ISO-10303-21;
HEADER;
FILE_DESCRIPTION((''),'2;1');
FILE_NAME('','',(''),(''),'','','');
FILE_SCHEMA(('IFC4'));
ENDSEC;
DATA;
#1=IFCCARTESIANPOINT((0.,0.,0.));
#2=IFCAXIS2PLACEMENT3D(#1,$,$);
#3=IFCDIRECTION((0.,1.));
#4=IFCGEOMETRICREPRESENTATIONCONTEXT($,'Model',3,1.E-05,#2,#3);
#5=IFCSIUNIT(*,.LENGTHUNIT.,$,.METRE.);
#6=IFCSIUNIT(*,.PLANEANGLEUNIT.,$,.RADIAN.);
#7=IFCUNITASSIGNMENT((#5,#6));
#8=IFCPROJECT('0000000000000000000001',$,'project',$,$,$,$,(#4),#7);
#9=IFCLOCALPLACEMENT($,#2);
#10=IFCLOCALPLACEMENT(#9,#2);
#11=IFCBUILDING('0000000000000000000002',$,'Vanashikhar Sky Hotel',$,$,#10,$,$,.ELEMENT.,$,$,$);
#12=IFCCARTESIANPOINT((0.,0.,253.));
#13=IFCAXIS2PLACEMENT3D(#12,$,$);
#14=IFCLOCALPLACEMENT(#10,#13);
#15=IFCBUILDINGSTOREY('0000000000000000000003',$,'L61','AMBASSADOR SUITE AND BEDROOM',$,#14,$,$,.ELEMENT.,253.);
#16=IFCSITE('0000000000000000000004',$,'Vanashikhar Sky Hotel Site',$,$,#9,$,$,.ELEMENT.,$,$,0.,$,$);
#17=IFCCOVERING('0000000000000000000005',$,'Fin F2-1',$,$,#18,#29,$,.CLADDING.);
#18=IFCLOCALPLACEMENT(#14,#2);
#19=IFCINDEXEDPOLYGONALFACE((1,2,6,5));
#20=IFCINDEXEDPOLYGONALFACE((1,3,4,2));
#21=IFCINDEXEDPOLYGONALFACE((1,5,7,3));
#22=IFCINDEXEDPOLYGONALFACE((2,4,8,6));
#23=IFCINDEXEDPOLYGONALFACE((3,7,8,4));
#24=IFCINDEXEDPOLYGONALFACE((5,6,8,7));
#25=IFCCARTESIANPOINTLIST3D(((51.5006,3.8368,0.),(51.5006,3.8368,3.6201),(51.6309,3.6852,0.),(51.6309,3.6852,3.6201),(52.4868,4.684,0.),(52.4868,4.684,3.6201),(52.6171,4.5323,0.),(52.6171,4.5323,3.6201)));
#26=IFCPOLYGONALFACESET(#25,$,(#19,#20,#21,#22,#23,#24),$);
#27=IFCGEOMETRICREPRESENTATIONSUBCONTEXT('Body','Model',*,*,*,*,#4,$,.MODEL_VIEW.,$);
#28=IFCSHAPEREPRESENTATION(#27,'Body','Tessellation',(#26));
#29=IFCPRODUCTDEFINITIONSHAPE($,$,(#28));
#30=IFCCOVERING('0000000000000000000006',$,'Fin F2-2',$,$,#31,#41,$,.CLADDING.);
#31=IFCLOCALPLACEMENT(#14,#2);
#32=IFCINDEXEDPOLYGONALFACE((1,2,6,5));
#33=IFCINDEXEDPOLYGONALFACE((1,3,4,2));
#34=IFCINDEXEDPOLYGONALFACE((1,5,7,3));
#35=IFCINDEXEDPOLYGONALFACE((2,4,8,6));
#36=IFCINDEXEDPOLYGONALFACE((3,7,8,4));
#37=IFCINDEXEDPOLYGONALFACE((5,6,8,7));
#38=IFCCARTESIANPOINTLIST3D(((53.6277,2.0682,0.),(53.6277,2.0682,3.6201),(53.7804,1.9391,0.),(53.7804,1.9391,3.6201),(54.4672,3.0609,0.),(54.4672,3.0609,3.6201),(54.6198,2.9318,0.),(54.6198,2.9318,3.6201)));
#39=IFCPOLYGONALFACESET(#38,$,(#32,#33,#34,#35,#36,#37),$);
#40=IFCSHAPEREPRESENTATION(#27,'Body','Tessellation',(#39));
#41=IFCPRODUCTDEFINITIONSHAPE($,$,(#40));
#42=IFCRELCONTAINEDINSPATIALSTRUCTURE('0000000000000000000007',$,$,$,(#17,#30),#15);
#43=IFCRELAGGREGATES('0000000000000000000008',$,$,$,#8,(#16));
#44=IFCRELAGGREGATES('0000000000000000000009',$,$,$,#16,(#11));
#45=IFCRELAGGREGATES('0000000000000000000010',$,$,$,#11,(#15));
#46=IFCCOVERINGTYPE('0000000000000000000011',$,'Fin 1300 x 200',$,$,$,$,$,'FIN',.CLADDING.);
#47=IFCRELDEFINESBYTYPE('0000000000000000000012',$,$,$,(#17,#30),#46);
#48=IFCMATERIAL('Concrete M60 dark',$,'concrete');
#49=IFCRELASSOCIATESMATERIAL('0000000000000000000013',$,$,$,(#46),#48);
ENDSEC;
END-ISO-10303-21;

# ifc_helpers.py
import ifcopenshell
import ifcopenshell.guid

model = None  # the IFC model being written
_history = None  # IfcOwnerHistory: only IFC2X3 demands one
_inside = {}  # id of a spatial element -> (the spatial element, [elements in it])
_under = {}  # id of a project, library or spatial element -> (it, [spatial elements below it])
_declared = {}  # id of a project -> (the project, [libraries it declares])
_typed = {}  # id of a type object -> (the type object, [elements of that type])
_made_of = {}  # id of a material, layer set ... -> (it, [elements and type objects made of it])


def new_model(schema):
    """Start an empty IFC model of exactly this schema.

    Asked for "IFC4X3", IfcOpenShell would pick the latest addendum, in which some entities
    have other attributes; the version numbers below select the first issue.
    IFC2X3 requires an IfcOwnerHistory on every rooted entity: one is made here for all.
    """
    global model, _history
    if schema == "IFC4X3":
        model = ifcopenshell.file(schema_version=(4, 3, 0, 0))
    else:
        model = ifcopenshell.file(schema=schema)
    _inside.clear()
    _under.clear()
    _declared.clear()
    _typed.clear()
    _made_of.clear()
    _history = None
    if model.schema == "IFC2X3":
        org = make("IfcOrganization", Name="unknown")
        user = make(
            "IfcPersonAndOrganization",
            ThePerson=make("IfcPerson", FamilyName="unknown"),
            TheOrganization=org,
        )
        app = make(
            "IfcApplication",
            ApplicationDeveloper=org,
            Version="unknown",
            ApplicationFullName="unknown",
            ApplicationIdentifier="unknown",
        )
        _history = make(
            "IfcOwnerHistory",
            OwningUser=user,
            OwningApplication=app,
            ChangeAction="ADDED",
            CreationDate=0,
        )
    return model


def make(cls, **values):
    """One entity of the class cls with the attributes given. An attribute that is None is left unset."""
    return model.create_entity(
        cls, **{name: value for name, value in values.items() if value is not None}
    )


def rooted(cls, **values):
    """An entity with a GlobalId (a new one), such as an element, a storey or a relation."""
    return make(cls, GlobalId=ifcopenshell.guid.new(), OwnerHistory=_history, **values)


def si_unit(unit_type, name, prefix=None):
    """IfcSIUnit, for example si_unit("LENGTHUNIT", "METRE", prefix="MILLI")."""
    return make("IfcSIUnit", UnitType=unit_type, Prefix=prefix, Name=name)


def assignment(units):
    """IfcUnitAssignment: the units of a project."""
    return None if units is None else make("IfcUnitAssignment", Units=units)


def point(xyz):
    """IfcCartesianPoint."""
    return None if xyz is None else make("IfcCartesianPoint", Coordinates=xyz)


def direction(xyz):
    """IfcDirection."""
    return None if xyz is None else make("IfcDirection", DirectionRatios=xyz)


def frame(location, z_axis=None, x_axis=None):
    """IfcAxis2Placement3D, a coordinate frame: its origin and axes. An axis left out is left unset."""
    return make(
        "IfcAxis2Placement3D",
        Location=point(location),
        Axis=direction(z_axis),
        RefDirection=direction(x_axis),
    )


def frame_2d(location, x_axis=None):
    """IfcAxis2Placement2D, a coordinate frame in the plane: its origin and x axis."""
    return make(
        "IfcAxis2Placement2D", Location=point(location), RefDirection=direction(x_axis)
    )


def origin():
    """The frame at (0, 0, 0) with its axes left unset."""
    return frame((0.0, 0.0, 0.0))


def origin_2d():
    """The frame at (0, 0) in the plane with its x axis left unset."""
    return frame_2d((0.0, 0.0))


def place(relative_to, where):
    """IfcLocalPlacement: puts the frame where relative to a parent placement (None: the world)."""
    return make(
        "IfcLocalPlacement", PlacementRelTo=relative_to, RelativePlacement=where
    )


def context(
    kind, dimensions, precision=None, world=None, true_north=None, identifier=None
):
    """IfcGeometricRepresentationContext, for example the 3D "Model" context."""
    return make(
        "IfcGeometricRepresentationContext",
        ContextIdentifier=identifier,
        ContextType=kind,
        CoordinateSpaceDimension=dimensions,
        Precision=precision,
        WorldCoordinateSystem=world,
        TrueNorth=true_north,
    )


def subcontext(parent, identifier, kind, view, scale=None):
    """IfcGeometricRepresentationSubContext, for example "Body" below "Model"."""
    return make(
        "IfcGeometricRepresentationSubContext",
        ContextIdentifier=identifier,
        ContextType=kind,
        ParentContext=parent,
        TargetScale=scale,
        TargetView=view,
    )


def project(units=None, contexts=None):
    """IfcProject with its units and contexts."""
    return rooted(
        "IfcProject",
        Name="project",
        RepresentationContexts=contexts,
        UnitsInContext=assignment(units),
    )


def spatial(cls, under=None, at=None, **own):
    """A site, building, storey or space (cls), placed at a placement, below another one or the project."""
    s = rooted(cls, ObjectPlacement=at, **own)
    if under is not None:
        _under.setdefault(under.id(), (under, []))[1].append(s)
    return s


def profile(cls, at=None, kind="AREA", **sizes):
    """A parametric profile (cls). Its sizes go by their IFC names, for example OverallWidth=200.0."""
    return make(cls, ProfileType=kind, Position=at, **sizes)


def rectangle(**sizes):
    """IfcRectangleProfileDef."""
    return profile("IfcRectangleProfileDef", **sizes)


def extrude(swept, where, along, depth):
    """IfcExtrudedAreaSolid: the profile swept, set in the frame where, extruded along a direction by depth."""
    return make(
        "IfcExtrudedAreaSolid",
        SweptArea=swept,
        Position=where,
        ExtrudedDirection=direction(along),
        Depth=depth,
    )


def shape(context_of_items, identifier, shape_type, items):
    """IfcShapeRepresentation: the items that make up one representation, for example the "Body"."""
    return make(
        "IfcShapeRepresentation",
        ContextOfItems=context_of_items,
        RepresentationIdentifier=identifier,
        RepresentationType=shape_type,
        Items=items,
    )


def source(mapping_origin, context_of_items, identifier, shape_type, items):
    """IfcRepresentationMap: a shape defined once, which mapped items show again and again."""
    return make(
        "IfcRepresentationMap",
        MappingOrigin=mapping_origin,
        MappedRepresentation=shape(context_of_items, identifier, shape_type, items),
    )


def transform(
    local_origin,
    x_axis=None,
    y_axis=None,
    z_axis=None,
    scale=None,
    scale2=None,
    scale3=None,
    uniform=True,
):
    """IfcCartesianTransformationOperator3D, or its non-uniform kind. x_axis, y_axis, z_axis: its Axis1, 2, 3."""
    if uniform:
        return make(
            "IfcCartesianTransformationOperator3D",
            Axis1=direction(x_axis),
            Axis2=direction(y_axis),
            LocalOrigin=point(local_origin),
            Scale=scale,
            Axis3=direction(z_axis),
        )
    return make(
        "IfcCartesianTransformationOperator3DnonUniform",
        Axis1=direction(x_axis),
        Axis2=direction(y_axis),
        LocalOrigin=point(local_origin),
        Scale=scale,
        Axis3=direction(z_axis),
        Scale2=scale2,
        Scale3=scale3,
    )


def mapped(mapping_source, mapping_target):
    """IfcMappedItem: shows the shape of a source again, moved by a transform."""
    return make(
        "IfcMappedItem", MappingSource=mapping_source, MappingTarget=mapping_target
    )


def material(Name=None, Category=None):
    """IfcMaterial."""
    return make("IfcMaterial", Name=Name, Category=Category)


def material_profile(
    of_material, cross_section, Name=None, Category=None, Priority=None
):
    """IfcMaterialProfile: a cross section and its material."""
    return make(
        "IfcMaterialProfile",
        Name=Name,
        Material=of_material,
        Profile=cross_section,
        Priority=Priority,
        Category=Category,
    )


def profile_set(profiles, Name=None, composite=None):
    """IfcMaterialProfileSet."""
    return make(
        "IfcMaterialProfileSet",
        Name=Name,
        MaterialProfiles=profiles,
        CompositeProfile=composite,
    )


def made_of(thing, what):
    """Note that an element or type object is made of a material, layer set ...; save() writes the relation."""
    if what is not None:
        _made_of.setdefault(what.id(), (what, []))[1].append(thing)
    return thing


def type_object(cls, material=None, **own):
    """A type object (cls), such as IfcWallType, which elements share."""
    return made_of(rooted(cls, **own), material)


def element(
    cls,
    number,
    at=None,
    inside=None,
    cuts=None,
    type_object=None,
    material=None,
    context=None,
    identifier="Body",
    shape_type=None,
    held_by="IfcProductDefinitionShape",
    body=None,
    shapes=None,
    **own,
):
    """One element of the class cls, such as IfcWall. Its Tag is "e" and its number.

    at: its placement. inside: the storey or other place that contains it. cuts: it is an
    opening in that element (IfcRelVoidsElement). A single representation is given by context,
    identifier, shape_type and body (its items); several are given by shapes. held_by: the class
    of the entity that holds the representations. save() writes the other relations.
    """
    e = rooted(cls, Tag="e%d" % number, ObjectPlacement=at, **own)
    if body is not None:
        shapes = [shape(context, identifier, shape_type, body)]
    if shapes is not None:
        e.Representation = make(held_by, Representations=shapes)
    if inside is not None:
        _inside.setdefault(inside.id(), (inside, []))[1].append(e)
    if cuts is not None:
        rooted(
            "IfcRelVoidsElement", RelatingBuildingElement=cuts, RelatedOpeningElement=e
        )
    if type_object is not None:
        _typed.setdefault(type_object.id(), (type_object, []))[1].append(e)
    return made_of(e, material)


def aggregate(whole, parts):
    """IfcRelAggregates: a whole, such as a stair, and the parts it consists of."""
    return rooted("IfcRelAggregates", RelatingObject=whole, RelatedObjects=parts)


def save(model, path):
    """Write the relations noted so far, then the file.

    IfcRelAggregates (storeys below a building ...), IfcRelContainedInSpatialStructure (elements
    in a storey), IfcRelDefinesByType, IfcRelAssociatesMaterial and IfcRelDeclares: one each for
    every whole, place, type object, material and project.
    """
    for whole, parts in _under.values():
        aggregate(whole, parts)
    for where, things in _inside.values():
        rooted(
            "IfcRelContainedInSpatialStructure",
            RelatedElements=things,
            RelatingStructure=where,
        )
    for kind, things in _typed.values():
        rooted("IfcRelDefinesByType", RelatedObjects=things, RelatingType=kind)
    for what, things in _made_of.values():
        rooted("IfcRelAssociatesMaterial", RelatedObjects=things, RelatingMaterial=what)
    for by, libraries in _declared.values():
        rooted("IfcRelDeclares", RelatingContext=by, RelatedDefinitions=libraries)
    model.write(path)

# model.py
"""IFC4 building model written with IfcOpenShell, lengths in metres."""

from ifc_helpers import new_model, si_unit, direction, frame, origin, origin_2d, place, context, subcontext, project, spatial, rectangle, extrude, source, transform, mapped, material, material_profile, profile_set, type_object, element, save


model = new_model("IFC4")

# Units and contexts
model_context = context("Model", 3, precision=1e-05, world=origin(), true_north=direction((0.0, 1.0)))
body_context = subcontext(model_context, "Body", "Model", "MODEL_VIEW")
ifc_project = project(units=[si_unit("LENGTHUNIT", "METRE"), si_unit("PLANEANGLEUNIT", "RADIAN")], contexts=[model_context])

# Site, building, storey
site_placement = place(None, origin())
site = spatial("IfcSite", under=ifc_project, at=site_placement, Name="Vanashikhar Sky Hotel Site", CompositionType="ELEMENT", RefElevation=0.0)
building_placement = place(site_placement, origin())
building = spatial("IfcBuilding", under=site, at=building_placement, Name="Vanashikhar Sky Hotel", CompositionType="ELEMENT")
storey_placement = place(building_placement, frame((0.0, 0.0, 253.0)))
storey = spatial("IfcBuildingStorey", under=building, at=storey_placement, Name="L61", Description="AMBASSADOR SUITE AND BEDROOM", CompositionType="ELEMENT", Elevation=253.0)

# Coverings
ifc_material_1 = material(Name="Concrete M60 dark", Category="concrete")
ifc_material_profile = material_profile(ifc_material_1, rectangle(XDim=1.3, YDim=0.2, at=origin_2d()))
ifc_profile_set = profile_set([ifc_material_profile], Name="Fin 1300 x 200")
covering_type = type_object("IfcCoveringType", Name="Fin 1300 x 200", ElementType="FIN", PredefinedType="CLADDING", material=ifc_profile_set)
shared_shape_1 = source(origin(), body_context, "Body", "SweptSolid", [
    extrude(rectangle(XDim=1.3, YDim=0.2, at=origin_2d()), origin(), (0.0, 0.0, 1.0), 3.6201),
])
for number, where, z_axis, x_axis, name in (
    (1, (52.0588, 4.1846, 0.0), (0.0, 0.0, 1.0), (-0.758544, -0.651622, 0.0), "Fin F2-1"),
    (2, (54.1238, 2.5, 0.0), (0.0, 0.0, 1.0), (-0.645698, -0.763593, 0.0), "Fin F2-2"),
):
    element("IfcCovering", number, at=place(storey_placement, frame(where, z_axis=z_axis, x_axis=x_axis)), inside=storey, type_object=covering_type, Name=name, PredefinedType="CLADDING", context=body_context, shape_type="MappedRepresentation", body=[
        mapped(shared_shape_1, transform((0.0, 0.0, 0.0), scale=1.0)),
    ])

save(model, "model.ifc")
